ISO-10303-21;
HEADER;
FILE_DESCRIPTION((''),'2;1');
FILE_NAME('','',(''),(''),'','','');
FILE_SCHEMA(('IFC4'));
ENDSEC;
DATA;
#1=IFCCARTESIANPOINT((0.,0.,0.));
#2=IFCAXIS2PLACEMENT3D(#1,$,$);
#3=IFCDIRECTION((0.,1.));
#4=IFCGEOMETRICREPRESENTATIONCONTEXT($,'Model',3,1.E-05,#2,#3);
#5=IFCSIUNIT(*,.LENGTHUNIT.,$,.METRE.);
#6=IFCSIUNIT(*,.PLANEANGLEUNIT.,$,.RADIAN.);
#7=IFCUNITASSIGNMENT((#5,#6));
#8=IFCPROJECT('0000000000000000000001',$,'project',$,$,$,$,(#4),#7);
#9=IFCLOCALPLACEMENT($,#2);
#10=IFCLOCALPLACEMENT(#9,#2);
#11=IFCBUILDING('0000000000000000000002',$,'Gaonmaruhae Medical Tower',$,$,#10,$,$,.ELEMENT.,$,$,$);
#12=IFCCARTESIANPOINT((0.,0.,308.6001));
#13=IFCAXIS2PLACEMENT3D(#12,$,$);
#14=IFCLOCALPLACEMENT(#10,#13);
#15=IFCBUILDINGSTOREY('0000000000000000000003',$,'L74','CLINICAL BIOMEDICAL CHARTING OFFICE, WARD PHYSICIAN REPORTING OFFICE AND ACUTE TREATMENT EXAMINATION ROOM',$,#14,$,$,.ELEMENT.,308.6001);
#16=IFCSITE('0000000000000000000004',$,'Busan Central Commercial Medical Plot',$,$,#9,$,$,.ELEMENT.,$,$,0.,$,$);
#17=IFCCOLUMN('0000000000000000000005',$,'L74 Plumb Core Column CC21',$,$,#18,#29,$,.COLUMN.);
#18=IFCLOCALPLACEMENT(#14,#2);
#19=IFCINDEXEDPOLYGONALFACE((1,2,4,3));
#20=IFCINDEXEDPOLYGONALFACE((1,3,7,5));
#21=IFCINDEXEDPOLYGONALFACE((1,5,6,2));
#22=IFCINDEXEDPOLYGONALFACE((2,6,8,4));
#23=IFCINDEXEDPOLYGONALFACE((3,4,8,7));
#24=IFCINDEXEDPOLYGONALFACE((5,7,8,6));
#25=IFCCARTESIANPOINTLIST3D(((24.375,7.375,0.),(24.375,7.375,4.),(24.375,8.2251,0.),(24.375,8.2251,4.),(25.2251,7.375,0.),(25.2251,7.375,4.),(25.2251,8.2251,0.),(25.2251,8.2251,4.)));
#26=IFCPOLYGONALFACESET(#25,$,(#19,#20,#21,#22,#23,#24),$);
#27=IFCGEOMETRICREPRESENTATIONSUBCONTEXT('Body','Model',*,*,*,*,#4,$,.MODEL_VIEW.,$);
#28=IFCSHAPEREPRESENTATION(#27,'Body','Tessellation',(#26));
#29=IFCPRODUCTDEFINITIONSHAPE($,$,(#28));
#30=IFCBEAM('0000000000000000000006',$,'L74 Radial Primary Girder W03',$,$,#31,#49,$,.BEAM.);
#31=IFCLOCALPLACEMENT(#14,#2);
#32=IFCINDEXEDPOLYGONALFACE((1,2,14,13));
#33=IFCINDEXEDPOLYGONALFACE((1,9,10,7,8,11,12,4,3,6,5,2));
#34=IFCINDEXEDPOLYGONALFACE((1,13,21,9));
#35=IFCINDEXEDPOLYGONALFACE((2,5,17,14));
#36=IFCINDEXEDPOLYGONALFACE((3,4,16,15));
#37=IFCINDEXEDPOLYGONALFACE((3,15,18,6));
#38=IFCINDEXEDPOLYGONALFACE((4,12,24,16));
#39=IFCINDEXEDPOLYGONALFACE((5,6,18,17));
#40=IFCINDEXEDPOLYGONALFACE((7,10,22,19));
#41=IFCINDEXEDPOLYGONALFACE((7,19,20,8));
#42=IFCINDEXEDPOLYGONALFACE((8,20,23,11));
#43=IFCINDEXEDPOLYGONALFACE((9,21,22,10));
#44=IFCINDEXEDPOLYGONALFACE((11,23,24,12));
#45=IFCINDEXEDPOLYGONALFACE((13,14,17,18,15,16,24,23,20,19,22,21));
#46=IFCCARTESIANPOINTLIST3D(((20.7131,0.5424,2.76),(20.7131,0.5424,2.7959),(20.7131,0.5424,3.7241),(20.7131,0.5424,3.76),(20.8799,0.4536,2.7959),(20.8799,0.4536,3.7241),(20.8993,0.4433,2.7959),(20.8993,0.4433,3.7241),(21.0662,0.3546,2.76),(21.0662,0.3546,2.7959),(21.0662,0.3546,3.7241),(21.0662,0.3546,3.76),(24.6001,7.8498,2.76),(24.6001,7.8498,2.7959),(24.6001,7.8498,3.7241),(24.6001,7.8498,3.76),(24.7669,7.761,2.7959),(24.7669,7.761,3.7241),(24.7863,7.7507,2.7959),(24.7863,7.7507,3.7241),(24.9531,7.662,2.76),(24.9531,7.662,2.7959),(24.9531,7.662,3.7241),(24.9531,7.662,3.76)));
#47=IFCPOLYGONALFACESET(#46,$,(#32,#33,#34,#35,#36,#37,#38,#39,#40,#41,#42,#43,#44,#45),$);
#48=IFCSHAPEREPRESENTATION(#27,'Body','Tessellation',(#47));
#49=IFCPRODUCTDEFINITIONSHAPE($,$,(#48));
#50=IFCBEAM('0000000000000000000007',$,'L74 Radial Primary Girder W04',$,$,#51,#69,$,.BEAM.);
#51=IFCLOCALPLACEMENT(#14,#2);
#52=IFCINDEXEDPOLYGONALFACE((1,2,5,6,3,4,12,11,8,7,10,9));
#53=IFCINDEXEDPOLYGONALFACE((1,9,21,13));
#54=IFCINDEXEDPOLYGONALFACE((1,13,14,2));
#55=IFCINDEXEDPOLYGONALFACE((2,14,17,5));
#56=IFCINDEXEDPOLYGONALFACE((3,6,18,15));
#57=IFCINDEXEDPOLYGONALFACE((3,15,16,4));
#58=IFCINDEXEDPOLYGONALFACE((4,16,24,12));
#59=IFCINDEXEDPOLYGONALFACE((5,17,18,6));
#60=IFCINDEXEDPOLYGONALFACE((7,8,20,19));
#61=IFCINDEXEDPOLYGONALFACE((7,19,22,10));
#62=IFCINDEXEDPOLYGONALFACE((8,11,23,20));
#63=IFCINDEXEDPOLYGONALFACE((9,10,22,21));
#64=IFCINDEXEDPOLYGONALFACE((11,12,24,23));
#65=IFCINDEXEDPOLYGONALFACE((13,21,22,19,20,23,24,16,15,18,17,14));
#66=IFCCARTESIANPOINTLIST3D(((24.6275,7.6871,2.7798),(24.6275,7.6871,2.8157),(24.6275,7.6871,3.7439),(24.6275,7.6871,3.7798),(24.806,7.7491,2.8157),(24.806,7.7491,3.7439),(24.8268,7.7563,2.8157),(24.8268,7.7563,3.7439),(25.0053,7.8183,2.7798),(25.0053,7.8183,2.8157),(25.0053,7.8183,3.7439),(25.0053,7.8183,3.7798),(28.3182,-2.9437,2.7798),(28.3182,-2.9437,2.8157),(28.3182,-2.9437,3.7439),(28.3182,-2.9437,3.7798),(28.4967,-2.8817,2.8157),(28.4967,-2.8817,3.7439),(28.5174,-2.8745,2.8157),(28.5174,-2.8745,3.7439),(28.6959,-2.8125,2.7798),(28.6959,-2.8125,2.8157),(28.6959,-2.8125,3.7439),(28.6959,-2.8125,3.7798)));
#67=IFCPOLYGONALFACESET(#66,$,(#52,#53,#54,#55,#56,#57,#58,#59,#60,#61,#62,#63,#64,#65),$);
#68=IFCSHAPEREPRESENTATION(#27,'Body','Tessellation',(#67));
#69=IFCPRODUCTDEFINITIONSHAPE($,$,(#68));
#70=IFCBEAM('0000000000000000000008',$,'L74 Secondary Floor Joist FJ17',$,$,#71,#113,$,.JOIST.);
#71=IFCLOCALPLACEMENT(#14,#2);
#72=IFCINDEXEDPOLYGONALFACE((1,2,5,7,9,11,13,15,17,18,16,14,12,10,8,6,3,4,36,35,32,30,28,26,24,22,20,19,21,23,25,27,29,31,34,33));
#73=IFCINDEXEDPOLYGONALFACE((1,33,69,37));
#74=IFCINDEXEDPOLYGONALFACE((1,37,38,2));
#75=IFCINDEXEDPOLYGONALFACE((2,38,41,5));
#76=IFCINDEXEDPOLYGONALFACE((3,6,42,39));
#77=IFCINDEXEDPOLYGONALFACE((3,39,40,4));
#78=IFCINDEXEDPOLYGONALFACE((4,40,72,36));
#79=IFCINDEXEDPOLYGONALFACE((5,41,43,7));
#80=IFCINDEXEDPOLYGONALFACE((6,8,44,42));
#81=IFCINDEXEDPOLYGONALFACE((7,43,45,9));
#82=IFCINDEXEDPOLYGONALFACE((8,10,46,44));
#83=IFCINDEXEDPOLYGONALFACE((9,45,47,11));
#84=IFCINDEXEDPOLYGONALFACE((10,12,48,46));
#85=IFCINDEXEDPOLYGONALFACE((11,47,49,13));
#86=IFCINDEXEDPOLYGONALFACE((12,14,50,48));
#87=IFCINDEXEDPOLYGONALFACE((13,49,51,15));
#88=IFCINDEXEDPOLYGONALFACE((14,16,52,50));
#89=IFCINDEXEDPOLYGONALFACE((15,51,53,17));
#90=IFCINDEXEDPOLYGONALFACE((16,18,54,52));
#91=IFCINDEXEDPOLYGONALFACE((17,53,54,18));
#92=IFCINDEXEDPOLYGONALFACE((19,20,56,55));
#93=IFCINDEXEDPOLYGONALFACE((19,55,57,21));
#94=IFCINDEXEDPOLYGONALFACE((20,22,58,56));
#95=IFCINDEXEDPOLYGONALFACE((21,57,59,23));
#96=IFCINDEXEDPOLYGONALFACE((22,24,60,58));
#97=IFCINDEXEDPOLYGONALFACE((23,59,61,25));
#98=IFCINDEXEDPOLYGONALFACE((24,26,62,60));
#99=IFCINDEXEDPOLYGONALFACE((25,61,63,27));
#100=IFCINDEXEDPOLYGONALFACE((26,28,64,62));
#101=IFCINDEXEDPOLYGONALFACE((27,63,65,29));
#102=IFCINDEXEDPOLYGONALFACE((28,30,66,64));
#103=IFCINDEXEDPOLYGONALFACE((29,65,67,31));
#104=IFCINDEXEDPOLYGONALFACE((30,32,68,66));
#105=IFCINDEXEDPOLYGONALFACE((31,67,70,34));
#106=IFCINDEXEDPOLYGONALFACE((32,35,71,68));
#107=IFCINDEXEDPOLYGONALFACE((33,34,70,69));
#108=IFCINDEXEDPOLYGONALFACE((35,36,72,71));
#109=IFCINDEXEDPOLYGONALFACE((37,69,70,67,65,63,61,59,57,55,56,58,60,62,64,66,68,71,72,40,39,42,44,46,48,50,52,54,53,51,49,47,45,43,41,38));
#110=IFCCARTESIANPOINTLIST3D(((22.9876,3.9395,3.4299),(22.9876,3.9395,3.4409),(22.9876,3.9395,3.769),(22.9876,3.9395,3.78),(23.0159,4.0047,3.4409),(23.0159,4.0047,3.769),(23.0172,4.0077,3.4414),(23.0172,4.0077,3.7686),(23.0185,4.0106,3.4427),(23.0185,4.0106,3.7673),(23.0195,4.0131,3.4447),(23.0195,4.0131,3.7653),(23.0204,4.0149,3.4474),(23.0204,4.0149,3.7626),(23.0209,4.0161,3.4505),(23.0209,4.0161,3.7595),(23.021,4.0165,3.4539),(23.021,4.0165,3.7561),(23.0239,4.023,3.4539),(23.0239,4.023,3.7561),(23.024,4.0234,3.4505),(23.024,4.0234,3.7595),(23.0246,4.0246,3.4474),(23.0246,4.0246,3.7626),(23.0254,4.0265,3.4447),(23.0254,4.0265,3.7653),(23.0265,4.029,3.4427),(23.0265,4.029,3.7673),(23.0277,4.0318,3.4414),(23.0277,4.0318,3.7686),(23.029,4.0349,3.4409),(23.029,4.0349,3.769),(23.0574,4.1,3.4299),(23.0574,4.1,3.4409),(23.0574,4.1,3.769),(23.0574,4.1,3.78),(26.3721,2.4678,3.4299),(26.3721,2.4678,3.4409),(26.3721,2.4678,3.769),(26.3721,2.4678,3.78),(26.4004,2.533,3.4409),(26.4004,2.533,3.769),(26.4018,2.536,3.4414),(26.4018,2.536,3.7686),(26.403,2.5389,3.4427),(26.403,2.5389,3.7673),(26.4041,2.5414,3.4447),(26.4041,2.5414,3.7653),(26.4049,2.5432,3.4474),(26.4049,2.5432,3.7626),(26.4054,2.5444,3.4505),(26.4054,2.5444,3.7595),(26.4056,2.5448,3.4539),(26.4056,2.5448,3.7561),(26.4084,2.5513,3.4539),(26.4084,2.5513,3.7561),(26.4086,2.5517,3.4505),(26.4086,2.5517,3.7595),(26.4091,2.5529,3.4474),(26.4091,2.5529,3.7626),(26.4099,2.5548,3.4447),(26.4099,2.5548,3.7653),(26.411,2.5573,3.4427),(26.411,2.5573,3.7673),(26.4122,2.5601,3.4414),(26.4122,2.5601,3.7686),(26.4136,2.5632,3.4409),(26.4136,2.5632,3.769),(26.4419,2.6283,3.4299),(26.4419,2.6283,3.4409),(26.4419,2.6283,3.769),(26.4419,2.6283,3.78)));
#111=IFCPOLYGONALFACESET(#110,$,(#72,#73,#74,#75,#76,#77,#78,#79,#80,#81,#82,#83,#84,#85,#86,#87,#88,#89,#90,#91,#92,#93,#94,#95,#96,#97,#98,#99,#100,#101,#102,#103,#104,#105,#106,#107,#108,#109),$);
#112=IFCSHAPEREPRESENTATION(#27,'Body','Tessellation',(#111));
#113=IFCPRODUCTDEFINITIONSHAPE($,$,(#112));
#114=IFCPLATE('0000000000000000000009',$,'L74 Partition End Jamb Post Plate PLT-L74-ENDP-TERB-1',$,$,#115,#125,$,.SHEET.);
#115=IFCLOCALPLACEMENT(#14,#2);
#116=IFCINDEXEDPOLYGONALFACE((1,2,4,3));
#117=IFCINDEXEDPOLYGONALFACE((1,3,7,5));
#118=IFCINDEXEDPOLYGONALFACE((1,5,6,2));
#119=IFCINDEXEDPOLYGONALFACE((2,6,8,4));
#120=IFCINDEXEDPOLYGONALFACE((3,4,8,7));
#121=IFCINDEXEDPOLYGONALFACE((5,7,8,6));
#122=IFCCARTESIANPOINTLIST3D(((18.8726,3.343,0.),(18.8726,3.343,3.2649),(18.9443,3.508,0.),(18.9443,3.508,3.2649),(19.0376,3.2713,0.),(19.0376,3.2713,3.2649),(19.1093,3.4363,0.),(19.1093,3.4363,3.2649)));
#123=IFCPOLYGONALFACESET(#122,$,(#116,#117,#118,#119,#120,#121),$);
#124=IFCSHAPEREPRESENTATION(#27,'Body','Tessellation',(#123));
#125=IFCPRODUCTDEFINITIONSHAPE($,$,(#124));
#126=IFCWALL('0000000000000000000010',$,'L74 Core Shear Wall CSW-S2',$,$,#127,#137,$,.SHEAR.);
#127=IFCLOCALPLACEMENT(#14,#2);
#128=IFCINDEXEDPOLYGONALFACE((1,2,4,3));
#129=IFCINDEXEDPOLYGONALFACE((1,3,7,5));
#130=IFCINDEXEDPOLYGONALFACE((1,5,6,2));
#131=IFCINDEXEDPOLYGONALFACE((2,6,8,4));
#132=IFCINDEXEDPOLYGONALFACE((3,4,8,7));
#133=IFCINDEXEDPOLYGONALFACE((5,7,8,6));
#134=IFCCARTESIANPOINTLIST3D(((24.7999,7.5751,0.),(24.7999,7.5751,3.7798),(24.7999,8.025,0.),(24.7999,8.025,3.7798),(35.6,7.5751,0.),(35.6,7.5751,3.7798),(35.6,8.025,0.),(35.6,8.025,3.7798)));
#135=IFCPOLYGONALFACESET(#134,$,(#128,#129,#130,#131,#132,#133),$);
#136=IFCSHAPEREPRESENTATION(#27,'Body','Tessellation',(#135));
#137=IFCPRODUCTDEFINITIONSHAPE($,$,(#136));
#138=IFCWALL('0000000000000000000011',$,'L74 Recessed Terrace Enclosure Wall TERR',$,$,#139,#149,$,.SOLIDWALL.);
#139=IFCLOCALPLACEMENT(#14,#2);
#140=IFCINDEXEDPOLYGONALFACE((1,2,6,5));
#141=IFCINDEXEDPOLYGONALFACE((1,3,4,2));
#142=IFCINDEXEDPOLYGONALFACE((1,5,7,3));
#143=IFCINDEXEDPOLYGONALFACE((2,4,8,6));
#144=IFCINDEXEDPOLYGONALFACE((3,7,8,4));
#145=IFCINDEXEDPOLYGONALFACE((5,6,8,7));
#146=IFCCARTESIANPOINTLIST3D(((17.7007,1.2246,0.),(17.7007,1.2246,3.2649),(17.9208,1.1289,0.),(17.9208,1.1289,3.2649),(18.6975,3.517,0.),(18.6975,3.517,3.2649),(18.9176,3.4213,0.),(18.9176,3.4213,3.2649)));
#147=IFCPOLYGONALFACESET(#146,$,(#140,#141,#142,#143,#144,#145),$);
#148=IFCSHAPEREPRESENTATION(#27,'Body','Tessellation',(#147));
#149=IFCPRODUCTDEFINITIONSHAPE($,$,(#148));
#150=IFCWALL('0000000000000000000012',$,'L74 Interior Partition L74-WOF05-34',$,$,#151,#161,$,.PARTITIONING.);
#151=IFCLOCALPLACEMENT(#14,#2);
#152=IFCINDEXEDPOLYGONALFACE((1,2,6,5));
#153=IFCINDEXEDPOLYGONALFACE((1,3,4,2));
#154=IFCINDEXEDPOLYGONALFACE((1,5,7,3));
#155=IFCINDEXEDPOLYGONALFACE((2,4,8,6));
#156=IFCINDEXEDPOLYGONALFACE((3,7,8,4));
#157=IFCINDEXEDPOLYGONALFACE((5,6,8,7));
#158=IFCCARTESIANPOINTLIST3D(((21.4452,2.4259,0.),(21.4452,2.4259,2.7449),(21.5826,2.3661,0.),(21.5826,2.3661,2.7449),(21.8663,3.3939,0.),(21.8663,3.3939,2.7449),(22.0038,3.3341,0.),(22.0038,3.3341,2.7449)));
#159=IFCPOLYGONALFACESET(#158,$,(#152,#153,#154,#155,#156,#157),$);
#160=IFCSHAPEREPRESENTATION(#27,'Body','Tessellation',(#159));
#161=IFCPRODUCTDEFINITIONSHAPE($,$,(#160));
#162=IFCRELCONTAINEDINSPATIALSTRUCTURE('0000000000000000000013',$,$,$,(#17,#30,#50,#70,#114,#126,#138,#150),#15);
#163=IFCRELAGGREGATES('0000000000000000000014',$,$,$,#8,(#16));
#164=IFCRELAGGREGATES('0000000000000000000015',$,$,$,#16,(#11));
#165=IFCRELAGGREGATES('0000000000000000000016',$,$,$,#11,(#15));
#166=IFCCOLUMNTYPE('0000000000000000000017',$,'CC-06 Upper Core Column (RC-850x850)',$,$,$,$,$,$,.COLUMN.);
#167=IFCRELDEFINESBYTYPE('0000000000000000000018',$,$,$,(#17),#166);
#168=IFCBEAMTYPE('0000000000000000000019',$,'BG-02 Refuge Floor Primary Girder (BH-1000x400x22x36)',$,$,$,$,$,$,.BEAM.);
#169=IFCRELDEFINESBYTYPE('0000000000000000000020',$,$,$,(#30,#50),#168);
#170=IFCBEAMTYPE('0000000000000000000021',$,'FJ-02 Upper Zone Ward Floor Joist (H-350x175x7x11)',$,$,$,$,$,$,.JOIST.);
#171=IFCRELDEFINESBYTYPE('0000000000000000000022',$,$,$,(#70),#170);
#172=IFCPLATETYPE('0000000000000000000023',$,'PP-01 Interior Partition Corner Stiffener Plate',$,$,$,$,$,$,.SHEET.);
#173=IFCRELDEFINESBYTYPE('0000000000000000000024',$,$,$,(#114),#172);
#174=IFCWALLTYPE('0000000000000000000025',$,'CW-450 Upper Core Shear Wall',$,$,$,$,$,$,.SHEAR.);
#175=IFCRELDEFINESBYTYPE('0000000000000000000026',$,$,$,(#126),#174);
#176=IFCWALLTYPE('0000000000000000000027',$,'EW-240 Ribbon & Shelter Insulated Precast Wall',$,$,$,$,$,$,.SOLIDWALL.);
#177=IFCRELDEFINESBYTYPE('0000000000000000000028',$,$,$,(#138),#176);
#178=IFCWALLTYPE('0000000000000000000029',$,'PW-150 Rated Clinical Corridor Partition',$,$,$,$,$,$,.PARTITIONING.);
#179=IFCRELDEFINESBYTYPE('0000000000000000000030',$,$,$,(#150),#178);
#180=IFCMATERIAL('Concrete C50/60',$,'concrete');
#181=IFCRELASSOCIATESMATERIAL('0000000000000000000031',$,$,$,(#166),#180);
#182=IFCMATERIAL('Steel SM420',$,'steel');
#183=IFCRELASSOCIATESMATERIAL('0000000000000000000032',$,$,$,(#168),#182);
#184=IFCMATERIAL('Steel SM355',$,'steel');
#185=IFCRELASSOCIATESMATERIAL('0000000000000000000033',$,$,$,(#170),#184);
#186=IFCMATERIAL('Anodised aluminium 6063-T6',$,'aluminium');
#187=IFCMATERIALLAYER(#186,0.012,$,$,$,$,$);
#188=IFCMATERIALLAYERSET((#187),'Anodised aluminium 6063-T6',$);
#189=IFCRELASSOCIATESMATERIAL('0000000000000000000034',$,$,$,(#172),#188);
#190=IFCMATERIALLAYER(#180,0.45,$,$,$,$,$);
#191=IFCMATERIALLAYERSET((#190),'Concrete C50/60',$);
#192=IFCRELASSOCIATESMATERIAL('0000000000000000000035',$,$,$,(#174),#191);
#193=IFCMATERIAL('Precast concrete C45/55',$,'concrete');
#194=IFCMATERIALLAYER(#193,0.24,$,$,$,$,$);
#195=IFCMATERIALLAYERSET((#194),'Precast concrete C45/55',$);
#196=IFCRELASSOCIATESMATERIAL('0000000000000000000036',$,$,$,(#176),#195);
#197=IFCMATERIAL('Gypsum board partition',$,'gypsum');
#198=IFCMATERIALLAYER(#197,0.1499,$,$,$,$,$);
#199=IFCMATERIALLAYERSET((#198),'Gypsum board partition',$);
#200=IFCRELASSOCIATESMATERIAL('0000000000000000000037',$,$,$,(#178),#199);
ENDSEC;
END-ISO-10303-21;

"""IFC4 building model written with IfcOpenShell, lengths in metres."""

from ifc_helpers import new_model, si_unit, direction, frame, frame_2d, origin, origin_2d, place, context, subcontext, project, spatial, rectangle, i_section, extrude, material, layer, layer_set, material_profile, profile_set, type_object, element, save


model = new_model("IFC4")

# Units and contexts
model_context = context("Model", 3, precision=1e-05, world=origin(), true_north=direction((0.0, 1.0)))
body_context = subcontext(model_context, "Body", "Model", "MODEL_VIEW")
ifc_project = project(units=[si_unit("LENGTHUNIT", "METRE"), si_unit("PLANEANGLEUNIT", "RADIAN")], contexts=[model_context])

# Site, building, storey
site_placement = place(None, origin())
site = spatial("IfcSite", under=ifc_project, at=site_placement, Name="Busan Central Commercial Medical Plot", CompositionType="ELEMENT", RefElevation=0.0)
building_placement = place(site_placement, origin())
building = spatial("IfcBuilding", under=site, at=building_placement, Name="Gaonmaruhae Medical Tower", CompositionType="ELEMENT")
storey_placement = place(building_placement, frame((0.0, 0.0, 308.6001)))
storey = spatial("IfcBuildingStorey", under=building, at=storey_placement, Name="L74", Description="CLINICAL BIOMEDICAL CHARTING OFFICE, WARD PHYSICIAN REPORTING OFFICE AND ACUTE TREATMENT EXAMINATION ROOM", CompositionType="ELEMENT", Elevation=308.6001)

# Column
ifc_material_1 = material(Name="Concrete C50/60", Category="concrete")
ifc_material_profile_1 = material_profile(ifc_material_1, rectangle(XDim=0.8501, YDim=0.8501, at=origin_2d()), Name="RC-850x850")
ifc_profile_set_1 = profile_set([ifc_material_profile_1], Name="Concrete C50/60")
column_type = type_object("IfcColumnType", Name="CC-06 Upper Core Column (RC-850x850)", PredefinedType="COLUMN", material=ifc_profile_set_1)
column_placement = place(storey_placement, frame((24.8, 7.8, 0.0), z_axis=(0.0, 0.0, 1.0), x_axis=(1.0, 0.0, 0.0)))
element("IfcColumn", 1, at=column_placement, inside=storey, type_object=column_type, Name="L74 Plumb Core Column CC21", PredefinedType="COLUMN", context=body_context, shape_type="SweptSolid", body=[
    extrude(rectangle(XDim=0.8501, YDim=0.8501, at=origin_2d()), origin(), (0.0, 0.0, 1.0), 4.0),
])

# Beams
ifc_material_2 = material(Name="Steel SM420", Category="steel")
ifc_material_profile_2 = material_profile(ifc_material_2, i_section(OverallWidth=0.3999, OverallDepth=1.0, WebThickness=0.022, FlangeThickness=0.0359, at=origin_2d()), Name="BH-1000x400x22x36")
ifc_profile_set_2 = profile_set([ifc_material_profile_2], Name="Steel SM420")
beam_type_1 = type_object("IfcBeamType", Name="BG-02 Refuge Floor Primary Girder (BH-1000x400x22x36)", PredefinedType="BEAM", material=ifc_profile_set_2)
beam_1_placement = place(storey_placement, frame((24.7766, 7.7559, 3.26), z_axis=(-0.469619, -0.882869, 0.0), x_axis=(0.882869, -0.469619, 0.0)))
element("IfcBeam", 2, at=beam_1_placement, inside=storey, type_object=beam_type_1, Name="L74 Radial Primary Girder W03", PredefinedType="BEAM", context=body_context, shape_type="SweptSolid", body=[
    extrude(i_section(OverallWidth=0.3999, OverallDepth=1.0, WebThickness=0.022, FlangeThickness=0.0359, at=origin_2d()), origin(), (0.0, 0.0, 1.0), 8.2769),
])
beam_2_placement = place(storey_placement, frame((24.8164, 7.7527, 3.2798), z_axis=(0.327964, -0.94469, 0.0), x_axis=(0.94469, 0.327964, 0.0)))
element("IfcBeam", 3, at=beam_2_placement, inside=storey, type_object=beam_type_1, Name="L74 Radial Primary Girder W04", PredefinedType="BEAM", context=body_context, shape_type="SweptSolid", body=[
    extrude(i_section(OverallWidth=0.3999, OverallDepth=1.0, WebThickness=0.022, FlangeThickness=0.0359, at=origin_2d()), origin(), (0.0, 0.0, 1.0), 11.2532),
])
ifc_material_3 = material(Name="Steel SM355", Category="steel")
ifc_material_profile_3 = material_profile(ifc_material_3, i_section(OverallWidth=0.175, OverallDepth=0.3501, WebThickness=0.0071, FlangeThickness=0.011, FilletRadius=0.0129, at=origin_2d()), Name="H-350x175x7x11")
ifc_profile_set_3 = profile_set([ifc_material_profile_3], Name="Steel SM355")
beam_type_2 = type_object("IfcBeamType", Name="FJ-02 Upper Zone Ward Floor Joist (H-350x175x7x11)", PredefinedType="JOIST", material=ifc_profile_set_3)
beam_3_placement = place(storey_placement, frame((23.0225, 4.0198, 3.605), z_axis=(0.917055, -0.39876, 0.0), x_axis=(0.39876, 0.917055, 0.0)))
element("IfcBeam", 4, at=beam_3_placement, inside=storey, type_object=beam_type_2, Name="L74 Secondary Floor Joist FJ17", PredefinedType="JOIST", context=body_context, shape_type="SweptSolid", body=[
    extrude(i_section(OverallWidth=0.175, OverallDepth=0.3501, WebThickness=0.0071, FlangeThickness=0.011, FilletRadius=0.0129, at=origin_2d()), origin(), (0.0, 0.0, 1.0), 3.6907),
])

# Plate
ifc_material_4 = material(Name="Anodised aluminium 6063-T6", Category="aluminium")
ifc_layer_1 = layer(ifc_material_4, 0.012)
ifc_layer_set_1 = layer_set([ifc_layer_1], Name="Anodised aluminium 6063-T6")
plate_type = type_object("IfcPlateType", Name="PP-01 Interior Partition Corner Stiffener Plate", PredefinedType="SHEET", material=ifc_layer_set_1)
plate_placement = place(storey_placement, frame((18.991, 3.3896, 0.0), z_axis=(0.0, 0.0, 1.0), x_axis=(-0.91706, 0.398749, 0.0)))
element("IfcPlate", 5, at=plate_placement, inside=storey, type_object=plate_type, Name="L74 Partition End Jamb Post Plate PLT-L74-ENDP-TERB-1", PredefinedType="SHEET", context=body_context, shape_type="SweptSolid", body=[
    extrude(rectangle(XDim=0.1799, YDim=0.1799, at=origin_2d()), origin(), (0.0, 0.0, 1.0), 3.2649),
])

# Walls
ifc_layer_2 = layer(ifc_material_1, 0.45)
ifc_layer_set_2 = layer_set([ifc_layer_2], Name="Concrete C50/60")
wall_type_1 = type_object("IfcWallType", Name="CW-450 Upper Core Shear Wall", PredefinedType="SHEAR", material=ifc_layer_set_2)
wall_1_placement = place(storey_placement, frame((24.8, 7.8, 0.0), z_axis=(0.0, 0.0, 1.0), x_axis=(1.0, 0.0, 0.0)))
element("IfcWall", 6, at=wall_1_placement, inside=storey, type_object=wall_type_1, Name="L74 Core Shear Wall CSW-S2", PredefinedType="SHEAR", context=body_context, shape_type="SweptSolid", body=[
    extrude(rectangle(XDim=10.8, YDim=0.45, at=frame_2d((5.3999, 0.0))), origin(), (0.0, 0.0, 1.0), 3.7798),
])
ifc_material_5 = material(Name="Precast concrete C45/55", Category="concrete")
ifc_layer_3 = layer(ifc_material_5, 0.24)
ifc_layer_set_3 = layer_set([ifc_layer_3], Name="Precast concrete C45/55")
wall_type_2 = type_object("IfcWallType", Name="EW-240 Ribbon & Shelter Insulated Precast Wall", PredefinedType="SOLIDWALL", material=ifc_layer_set_3)
wall_2_placement = place(storey_placement, frame((18.8076, 3.4692, 0.0), z_axis=(0.0, 0.0, 1.0), x_axis=(-0.398758, -0.917056, 0.0)))
element("IfcWall", 7, at=wall_2_placement, inside=storey, type_object=wall_type_2, Name="L74 Recessed Terrace Enclosure Wall TERR", PredefinedType="SOLIDWALL", context=body_context, shape_type="SweptSolid", body=[
    extrude(rectangle(XDim=2.4998, YDim=0.24, at=frame_2d((1.25, 0.0))), origin(), (0.0, 0.0, 1.0), 3.2649),
])

# Shared definitions
ifc_material_6 = material(Name="Gypsum board partition", Category="gypsum")
ifc_layer_4 = layer(ifc_material_6, 0.1499)
ifc_layer_set_4 = layer_set([ifc_layer_4], Name="Gypsum board partition")
wall_type_3 = type_object("IfcWallType", Name="PW-150 Rated Clinical Corridor Partition", PredefinedType="PARTITIONING", material=ifc_layer_set_4)

# Wall
wall_3_placement = place(storey_placement, frame((21.9351, 3.364, 0.0), z_axis=(0.0, 0.0, 1.0), x_axis=(-0.398938, -0.916978, 0.0)))
element("IfcWall", 8, at=wall_3_placement, inside=storey, type_object=wall_type_3, Name="L74 Interior Partition L74-WOF05-34", PredefinedType="PARTITIONING", context=body_context, shape_type="SweptSolid", body=[
    extrude(rectangle(XDim=1.0557, YDim=0.1499, at=frame_2d((0.5278, 0.0))), origin(), (0.0, 0.0, 1.0), 2.7449),
])

save(model, "model.ifc")
